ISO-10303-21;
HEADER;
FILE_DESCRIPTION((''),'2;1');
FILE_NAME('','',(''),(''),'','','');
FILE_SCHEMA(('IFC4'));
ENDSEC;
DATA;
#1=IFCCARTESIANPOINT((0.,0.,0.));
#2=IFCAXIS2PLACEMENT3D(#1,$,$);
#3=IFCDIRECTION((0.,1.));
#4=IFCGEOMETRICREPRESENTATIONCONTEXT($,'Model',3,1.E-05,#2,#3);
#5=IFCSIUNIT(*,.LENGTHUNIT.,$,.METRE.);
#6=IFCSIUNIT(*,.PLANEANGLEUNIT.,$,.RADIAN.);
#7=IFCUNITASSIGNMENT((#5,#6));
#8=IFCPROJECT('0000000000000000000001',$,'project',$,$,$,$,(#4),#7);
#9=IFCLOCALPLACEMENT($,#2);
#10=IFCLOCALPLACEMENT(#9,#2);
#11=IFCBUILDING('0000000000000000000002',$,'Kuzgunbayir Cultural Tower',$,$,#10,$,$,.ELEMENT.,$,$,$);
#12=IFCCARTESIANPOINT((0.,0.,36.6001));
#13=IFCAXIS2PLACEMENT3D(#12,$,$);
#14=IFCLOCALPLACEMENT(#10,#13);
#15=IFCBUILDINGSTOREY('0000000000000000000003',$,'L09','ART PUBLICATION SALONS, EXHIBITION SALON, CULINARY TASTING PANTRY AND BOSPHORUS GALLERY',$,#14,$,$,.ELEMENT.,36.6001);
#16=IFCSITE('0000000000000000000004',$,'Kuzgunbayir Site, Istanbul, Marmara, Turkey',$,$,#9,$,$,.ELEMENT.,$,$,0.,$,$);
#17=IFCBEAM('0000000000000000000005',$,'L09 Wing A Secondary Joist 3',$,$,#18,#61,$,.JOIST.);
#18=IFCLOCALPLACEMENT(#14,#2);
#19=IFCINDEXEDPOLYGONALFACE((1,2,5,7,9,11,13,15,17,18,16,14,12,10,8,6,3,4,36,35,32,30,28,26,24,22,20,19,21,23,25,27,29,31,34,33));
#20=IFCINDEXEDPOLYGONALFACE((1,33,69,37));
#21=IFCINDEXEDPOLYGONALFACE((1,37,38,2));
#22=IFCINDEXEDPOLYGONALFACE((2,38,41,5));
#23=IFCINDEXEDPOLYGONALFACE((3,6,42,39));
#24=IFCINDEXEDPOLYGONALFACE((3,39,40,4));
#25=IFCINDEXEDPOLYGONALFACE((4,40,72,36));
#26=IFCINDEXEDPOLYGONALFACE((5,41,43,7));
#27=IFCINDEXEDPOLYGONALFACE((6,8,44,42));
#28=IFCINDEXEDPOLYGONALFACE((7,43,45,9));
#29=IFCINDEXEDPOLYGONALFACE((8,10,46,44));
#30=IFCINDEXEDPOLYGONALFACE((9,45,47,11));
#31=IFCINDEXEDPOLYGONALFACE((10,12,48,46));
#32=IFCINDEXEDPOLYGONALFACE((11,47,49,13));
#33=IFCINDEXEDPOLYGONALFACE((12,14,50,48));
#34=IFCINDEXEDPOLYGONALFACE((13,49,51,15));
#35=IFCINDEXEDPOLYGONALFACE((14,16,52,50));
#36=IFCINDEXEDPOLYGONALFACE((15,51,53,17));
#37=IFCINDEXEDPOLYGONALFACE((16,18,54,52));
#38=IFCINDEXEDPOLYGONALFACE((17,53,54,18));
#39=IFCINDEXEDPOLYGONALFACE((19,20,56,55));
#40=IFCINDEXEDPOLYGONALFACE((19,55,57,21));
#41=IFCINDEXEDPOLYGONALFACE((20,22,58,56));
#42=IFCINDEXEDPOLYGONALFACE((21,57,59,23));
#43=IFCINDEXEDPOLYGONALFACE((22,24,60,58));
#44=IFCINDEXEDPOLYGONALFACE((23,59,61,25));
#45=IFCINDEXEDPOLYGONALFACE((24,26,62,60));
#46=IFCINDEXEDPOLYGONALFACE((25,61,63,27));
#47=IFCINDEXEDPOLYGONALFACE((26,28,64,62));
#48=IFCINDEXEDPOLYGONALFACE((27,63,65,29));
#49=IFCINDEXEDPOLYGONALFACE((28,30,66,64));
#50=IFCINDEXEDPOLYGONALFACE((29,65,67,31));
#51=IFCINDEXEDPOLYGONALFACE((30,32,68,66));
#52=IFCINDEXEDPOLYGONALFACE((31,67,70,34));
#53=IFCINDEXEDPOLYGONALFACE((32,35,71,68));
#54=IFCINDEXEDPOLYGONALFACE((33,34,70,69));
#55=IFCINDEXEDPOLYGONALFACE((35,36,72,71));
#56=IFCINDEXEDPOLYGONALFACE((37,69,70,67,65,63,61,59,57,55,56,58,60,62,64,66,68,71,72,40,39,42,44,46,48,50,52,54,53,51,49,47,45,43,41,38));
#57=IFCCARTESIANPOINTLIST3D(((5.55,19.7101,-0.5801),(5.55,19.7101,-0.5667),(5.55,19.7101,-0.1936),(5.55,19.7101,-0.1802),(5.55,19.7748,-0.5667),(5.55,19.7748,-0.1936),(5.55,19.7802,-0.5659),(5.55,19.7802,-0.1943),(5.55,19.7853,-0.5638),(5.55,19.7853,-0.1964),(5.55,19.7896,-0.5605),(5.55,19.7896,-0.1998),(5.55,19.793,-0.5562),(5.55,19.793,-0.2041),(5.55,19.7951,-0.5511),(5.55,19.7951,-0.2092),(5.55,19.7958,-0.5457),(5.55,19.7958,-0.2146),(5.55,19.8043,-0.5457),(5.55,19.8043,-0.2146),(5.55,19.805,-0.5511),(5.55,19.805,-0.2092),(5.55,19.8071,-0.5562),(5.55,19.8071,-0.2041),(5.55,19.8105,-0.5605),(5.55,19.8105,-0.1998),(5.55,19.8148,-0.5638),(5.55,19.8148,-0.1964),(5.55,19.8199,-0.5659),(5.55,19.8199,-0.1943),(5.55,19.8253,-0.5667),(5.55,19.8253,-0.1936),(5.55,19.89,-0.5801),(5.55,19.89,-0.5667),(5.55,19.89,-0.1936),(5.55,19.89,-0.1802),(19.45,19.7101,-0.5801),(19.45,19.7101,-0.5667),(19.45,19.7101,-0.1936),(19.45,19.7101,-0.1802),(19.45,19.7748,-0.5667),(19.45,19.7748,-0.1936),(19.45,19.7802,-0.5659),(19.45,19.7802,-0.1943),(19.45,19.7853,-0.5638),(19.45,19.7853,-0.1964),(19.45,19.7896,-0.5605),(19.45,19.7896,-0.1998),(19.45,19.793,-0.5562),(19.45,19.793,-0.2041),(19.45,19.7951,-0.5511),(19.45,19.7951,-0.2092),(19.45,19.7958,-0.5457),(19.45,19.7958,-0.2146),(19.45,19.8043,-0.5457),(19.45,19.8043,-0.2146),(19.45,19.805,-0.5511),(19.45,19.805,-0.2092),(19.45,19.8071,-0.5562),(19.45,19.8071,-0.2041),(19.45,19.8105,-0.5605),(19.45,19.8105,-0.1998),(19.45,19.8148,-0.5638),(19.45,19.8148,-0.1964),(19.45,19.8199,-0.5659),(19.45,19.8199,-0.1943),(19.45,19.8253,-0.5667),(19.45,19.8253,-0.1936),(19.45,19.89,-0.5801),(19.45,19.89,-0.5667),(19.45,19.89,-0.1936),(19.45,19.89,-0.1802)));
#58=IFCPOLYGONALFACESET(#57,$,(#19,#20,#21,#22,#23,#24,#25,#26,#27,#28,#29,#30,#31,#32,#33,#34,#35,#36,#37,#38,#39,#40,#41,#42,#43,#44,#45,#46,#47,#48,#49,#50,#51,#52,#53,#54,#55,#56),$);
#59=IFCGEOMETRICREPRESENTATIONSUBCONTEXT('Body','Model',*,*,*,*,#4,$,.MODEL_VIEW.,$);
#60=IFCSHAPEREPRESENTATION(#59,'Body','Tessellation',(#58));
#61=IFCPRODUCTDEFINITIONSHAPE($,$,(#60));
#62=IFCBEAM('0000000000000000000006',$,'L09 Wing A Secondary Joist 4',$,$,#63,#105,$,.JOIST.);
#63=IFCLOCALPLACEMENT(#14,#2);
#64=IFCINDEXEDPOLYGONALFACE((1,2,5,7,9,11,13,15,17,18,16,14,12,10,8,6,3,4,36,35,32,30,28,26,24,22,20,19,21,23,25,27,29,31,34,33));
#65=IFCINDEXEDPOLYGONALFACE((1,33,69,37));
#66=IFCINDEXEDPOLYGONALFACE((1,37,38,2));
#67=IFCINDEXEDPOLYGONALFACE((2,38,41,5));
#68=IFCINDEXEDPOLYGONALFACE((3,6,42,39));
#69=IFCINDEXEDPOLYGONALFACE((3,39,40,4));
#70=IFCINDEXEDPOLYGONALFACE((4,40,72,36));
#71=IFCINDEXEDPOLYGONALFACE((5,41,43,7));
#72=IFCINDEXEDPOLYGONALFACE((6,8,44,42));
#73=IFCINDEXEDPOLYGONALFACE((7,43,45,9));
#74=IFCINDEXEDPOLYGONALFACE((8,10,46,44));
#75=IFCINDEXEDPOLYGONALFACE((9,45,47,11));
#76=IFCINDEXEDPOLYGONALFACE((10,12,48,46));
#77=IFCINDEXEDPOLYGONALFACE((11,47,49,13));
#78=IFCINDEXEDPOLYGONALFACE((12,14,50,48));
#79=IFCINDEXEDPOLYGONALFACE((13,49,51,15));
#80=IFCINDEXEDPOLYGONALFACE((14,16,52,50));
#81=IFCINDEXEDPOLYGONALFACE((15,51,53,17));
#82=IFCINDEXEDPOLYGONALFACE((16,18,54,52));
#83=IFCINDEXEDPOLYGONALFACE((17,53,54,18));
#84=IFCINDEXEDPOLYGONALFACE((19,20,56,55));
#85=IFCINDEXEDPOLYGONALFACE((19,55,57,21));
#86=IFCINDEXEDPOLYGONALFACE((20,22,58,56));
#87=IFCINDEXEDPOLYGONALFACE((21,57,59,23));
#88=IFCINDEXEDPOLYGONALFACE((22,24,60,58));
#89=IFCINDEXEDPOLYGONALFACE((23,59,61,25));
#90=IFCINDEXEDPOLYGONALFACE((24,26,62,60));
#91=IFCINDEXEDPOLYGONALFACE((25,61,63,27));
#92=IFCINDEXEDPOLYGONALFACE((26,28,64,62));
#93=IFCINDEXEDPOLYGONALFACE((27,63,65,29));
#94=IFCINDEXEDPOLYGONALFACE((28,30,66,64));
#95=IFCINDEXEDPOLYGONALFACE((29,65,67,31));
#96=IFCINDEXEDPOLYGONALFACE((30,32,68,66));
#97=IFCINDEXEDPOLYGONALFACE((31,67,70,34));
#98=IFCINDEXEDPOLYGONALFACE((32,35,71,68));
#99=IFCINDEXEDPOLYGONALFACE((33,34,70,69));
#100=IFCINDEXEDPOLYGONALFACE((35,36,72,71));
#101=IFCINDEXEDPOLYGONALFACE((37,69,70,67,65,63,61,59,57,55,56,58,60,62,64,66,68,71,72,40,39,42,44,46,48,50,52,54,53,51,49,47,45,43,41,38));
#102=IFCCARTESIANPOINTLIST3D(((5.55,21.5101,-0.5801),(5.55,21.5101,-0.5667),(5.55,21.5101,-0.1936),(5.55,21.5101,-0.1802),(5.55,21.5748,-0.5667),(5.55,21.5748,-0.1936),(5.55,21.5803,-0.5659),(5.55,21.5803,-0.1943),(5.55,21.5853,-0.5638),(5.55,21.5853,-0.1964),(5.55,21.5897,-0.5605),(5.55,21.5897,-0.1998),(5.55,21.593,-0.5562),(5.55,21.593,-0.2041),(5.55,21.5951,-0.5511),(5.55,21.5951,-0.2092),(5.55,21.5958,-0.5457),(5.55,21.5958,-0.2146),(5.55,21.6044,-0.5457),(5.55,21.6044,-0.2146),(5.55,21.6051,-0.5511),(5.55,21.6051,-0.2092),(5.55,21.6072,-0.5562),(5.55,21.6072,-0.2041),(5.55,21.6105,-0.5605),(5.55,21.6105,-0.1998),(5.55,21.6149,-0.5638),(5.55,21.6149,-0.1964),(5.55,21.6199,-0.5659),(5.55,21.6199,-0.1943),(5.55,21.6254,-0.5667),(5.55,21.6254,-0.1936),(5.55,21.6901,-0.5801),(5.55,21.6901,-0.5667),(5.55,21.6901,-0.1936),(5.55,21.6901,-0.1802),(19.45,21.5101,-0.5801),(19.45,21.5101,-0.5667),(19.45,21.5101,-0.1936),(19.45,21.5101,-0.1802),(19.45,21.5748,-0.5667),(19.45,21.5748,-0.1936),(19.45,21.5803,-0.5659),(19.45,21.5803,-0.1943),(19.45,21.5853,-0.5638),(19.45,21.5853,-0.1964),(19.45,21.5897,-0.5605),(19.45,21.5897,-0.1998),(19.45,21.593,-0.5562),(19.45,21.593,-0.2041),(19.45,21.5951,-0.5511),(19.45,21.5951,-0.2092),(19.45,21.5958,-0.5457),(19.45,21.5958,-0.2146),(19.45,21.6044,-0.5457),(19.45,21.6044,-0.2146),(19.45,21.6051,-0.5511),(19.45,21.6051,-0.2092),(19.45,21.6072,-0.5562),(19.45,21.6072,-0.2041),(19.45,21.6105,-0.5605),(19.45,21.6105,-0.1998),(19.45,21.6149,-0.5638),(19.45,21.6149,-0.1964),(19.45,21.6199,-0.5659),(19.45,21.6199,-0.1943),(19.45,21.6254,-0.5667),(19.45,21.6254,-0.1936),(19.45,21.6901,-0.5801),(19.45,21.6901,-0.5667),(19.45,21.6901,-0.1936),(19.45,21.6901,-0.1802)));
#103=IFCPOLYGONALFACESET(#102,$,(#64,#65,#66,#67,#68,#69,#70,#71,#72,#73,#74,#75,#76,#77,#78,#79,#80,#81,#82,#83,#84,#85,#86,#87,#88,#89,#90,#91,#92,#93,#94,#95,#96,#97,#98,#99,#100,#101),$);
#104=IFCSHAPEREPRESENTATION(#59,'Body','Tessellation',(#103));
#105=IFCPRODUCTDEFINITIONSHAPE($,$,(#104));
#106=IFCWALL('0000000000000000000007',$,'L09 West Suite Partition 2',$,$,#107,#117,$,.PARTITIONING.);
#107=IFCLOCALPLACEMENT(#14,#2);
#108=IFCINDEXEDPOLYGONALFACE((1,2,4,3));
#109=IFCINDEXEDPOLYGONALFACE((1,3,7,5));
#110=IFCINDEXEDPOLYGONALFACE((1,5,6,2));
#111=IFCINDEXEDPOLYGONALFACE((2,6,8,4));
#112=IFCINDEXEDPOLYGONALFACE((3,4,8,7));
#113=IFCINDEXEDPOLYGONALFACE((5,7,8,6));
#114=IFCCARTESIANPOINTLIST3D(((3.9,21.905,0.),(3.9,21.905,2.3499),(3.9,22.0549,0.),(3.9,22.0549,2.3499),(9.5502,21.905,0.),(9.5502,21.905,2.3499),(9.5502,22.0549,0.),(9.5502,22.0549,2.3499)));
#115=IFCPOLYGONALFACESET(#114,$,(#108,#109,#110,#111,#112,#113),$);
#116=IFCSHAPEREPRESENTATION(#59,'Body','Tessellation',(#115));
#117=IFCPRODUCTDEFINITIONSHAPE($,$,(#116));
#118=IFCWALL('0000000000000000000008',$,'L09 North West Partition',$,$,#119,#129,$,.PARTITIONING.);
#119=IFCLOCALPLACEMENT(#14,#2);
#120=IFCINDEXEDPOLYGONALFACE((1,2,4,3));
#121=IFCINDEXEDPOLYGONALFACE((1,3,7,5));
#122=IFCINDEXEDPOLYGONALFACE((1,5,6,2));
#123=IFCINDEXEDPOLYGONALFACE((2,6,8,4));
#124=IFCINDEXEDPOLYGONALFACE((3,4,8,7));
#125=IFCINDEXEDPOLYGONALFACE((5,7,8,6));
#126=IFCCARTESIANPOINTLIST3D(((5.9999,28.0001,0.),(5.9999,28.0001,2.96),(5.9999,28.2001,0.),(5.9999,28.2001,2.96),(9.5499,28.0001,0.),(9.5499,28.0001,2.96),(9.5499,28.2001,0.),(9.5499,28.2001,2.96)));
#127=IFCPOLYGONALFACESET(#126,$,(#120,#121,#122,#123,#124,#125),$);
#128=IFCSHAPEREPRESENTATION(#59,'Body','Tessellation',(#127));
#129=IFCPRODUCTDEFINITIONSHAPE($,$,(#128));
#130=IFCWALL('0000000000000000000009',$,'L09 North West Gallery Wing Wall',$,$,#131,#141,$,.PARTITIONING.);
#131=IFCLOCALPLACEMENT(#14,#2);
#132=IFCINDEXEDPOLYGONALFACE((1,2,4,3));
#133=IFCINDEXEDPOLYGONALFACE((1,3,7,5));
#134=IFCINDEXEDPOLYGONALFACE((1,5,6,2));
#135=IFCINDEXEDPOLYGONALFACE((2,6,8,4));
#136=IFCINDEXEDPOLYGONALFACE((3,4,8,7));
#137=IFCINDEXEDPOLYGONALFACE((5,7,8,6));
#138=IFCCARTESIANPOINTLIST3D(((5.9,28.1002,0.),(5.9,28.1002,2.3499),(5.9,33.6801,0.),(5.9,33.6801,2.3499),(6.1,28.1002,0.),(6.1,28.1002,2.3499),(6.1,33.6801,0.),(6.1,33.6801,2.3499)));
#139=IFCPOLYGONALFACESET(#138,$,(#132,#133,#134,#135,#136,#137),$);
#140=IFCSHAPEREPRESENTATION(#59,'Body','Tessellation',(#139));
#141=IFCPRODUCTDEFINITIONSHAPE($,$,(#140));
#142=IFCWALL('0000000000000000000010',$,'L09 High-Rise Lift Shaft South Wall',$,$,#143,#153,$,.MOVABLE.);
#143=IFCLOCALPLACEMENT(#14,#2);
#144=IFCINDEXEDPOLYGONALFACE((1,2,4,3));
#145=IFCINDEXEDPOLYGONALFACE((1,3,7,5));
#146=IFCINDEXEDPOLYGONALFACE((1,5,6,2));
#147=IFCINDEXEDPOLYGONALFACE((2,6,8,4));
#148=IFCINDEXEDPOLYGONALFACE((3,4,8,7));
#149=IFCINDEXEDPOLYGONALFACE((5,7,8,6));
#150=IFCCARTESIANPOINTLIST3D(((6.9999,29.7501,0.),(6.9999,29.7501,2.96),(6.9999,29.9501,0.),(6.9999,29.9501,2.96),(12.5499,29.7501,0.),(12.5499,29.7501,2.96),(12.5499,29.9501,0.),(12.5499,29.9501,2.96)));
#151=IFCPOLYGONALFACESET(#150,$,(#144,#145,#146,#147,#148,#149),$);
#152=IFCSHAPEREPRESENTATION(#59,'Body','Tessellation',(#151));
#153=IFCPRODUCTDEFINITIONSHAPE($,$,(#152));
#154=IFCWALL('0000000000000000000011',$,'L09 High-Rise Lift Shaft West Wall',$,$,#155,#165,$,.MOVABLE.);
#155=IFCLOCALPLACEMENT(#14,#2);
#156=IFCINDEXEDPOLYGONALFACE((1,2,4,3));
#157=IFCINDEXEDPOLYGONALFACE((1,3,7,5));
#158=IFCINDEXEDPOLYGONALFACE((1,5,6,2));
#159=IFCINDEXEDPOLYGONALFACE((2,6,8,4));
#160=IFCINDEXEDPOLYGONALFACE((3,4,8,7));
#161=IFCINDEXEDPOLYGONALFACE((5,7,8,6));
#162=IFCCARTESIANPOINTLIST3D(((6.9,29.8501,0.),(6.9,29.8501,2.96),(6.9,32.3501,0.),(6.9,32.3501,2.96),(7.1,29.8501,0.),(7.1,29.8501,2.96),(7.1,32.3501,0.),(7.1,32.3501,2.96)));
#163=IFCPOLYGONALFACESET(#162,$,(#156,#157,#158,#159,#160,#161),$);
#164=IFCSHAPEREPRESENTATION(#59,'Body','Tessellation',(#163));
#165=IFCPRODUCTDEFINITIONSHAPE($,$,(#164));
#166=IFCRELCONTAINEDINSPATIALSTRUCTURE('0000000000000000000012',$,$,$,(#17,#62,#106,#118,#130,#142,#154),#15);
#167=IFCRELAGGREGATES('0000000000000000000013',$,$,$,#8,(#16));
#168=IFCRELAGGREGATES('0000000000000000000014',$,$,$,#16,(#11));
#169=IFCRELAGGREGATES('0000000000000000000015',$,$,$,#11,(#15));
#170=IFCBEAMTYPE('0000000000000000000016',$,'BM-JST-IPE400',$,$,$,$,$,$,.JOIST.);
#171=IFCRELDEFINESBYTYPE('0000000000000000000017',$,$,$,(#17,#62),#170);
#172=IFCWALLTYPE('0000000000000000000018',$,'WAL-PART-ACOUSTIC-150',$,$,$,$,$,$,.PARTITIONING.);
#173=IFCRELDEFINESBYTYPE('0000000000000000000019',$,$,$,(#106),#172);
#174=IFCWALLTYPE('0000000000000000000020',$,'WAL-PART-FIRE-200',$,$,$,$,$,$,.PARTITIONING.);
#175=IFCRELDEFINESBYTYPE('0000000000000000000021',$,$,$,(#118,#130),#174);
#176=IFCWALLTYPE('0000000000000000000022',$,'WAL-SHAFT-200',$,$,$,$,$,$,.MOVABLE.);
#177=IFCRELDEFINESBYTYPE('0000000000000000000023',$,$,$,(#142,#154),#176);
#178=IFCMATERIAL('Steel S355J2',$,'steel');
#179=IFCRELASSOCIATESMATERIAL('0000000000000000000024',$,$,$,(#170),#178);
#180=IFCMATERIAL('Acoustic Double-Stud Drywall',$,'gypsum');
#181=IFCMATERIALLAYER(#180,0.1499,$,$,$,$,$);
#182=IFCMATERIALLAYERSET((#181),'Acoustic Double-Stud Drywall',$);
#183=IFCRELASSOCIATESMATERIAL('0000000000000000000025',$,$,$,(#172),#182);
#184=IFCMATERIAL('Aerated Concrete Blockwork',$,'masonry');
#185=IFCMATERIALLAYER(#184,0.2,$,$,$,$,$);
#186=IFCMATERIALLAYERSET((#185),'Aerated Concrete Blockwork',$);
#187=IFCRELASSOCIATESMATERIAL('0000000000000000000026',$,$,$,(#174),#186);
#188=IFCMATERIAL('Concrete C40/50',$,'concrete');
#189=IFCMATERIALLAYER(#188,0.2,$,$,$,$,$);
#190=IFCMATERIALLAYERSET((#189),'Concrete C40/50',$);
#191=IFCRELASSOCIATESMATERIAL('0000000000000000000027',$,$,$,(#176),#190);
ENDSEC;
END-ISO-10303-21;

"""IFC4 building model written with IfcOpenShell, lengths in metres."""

from ifc_helpers import new_model, si_unit, direction, frame, frame_2d, origin, origin_2d, place, context, subcontext, project, spatial, rectangle, i_section, extrude, material, layer, layer_set, material_profile, profile_set, type_object, element, save


model = new_model("IFC4")

# Units and contexts
model_context = context("Model", 3, precision=1e-05, world=origin(), true_north=direction((0.0, 1.0)))
body_context = subcontext(model_context, "Body", "Model", "MODEL_VIEW")
ifc_project = project(units=[si_unit("LENGTHUNIT", "METRE"), si_unit("PLANEANGLEUNIT", "RADIAN")], contexts=[model_context])

# Site, building, storey
site_placement = place(None, origin())
site = spatial("IfcSite", under=ifc_project, at=site_placement, Name="Kuzgunbayir Site, Istanbul, Marmara, Turkey", CompositionType="ELEMENT", RefElevation=0.0)
building_placement = place(site_placement, origin())
building = spatial("IfcBuilding", under=site, at=building_placement, Name="Kuzgunbayir Cultural Tower", CompositionType="ELEMENT")
storey_placement = place(building_placement, frame((0.0, 0.0, 36.6001)))
storey = spatial("IfcBuildingStorey", under=building, at=storey_placement, Name="L09", Description="ART PUBLICATION SALONS, EXHIBITION SALON, CULINARY TASTING PANTRY AND BOSPHORUS GALLERY", CompositionType="ELEMENT", Elevation=36.6001)

# Beams
ifc_material_1 = material(Name="Steel S355J2", Category="steel")
ifc_material_profile_1 = material_profile(ifc_material_1, i_section(OverallWidth=0.1799, OverallDepth=0.3999, WebThickness=0.0085, FlangeThickness=0.0134, FilletRadius=0.021, at=origin_2d()), Name="IPE 400")
ifc_profile_set_1 = profile_set([ifc_material_profile_1], Name="Steel S355J2")
beam_type_1 = type_object("IfcBeamType", Name="BM-JST-IPE400", PredefinedType="JOIST", material=ifc_profile_set_1)
for number, where, z_axis, x_axis, name in (
    (1, (5.55, 19.8, -0.3801), (1.0, 0.0, 0.0), (0.0, 1.0, 0.0), "L09 Wing A Secondary Joist 3"),
    (2, (5.55, 21.6001, -0.3801), (1.0, 0.0, 0.0), (0.0, 1.0, 0.0), "L09 Wing A Secondary Joist 4"),
):
    element("IfcBeam", number, at=place(storey_placement, frame(where, z_axis=z_axis, x_axis=x_axis)), inside=storey, type_object=beam_type_1, Name=name, PredefinedType="JOIST", context=body_context, shape_type="SweptSolid", body=[
        extrude(i_section(OverallWidth=0.1799, OverallDepth=0.3999, WebThickness=0.0085, FlangeThickness=0.0134, FilletRadius=0.021, at=origin_2d()), origin(), (0.0, 0.0, 1.0), 13.8999),
    ])

# Walls
ifc_material_2 = material(Name="Acoustic Double-Stud Drywall", Category="gypsum")
ifc_layer_1 = layer(ifc_material_2, 0.1499)
ifc_layer_set_1 = layer_set([ifc_layer_1], Name="Acoustic Double-Stud Drywall")
wall_type_1 = type_object("IfcWallType", Name="WAL-PART-ACOUSTIC-150", PredefinedType="PARTITIONING", material=ifc_layer_set_1)
wall_1_placement = place(storey_placement, frame((3.8999, 21.98, 0.0), z_axis=(0.0, 0.0, 1.0), x_axis=(1.0, 0.0, 0.0)))
element("IfcWall", 3, at=wall_1_placement, inside=storey, type_object=wall_type_1, Name="L09 West Suite Partition 2", PredefinedType="PARTITIONING", context=body_context, shape_type="SweptSolid", body=[
    extrude(rectangle(XDim=5.6501, YDim=0.1499, at=frame_2d((2.8252, 0.0))), origin(), (0.0, 0.0, 1.0), 2.3499),
])
ifc_material_3 = material(Name="Aerated Concrete Blockwork", Category="masonry")
ifc_layer_2 = layer(ifc_material_3, 0.2)
ifc_layer_set_2 = layer_set([ifc_layer_2], Name="Aerated Concrete Blockwork")
wall_type_2 = type_object("IfcWallType", Name="WAL-PART-FIRE-200", PredefinedType="PARTITIONING", material=ifc_layer_set_2)
wall_2_placement = place(storey_placement, frame((6.0, 28.1001, 0.0), z_axis=(0.0, 0.0, 1.0), x_axis=(1.0, 0.0, 0.0)))
element("IfcWall", 4, at=wall_2_placement, inside=storey, type_object=wall_type_2, Name="L09 North West Partition", PredefinedType="PARTITIONING", context=body_context, shape_type="SweptSolid", body=[
    extrude(rectangle(XDim=3.55, YDim=0.2, at=frame_2d((1.7749, 0.0))), origin(), (0.0, 0.0, 1.0), 2.96),
])
wall_3_placement = place(storey_placement, frame((6.0, 28.1001, 0.0), z_axis=(0.0, 0.0, 1.0), x_axis=(0.0, 1.0, 0.0)))
element("IfcWall", 5, at=wall_3_placement, inside=storey, type_object=wall_type_2, Name="L09 North West Gallery Wing Wall", PredefinedType="PARTITIONING", context=body_context, shape_type="SweptSolid", body=[
    extrude(rectangle(XDim=5.5798, YDim=0.2, at=frame_2d((2.79, 0.0))), origin(), (0.0, 0.0, 1.0), 2.3499),
])
ifc_material_4 = material(Name="Concrete C40/50", Category="concrete")
ifc_layer_3 = layer(ifc_material_4, 0.2)
ifc_layer_set_3 = layer_set([ifc_layer_3], Name="Concrete C40/50")
wall_type_3 = type_object("IfcWallType", Name="WAL-SHAFT-200", PredefinedType="MOVABLE", material=ifc_layer_set_3)
wall_4_placement = place(storey_placement, frame((7.0, 29.8501, 0.0), z_axis=(0.0, 0.0, 1.0), x_axis=(1.0, 0.0, 0.0)))
element("IfcWall", 6, at=wall_4_placement, inside=storey, type_object=wall_type_3, Name="L09 High-Rise Lift Shaft South Wall", PredefinedType="MOVABLE", context=body_context, shape_type="SweptSolid", body=[
    extrude(rectangle(XDim=5.55, YDim=0.2, at=frame_2d((2.7749, 0.0))), origin(), (0.0, 0.0, 1.0), 2.96),
])
wall_5_placement = place(storey_placement, frame((7.0, 29.8501, 0.0), z_axis=(0.0, 0.0, 1.0), x_axis=(0.0, 1.0, 0.0)))
element("IfcWall", 7, at=wall_5_placement, inside=storey, type_object=wall_type_3, Name="L09 High-Rise Lift Shaft West Wall", PredefinedType="MOVABLE", context=body_context, shape_type="SweptSolid", body=[
    extrude(rectangle(XDim=2.5, YDim=0.2, at=frame_2d((1.25, 0.0))), origin(), (0.0, 0.0, 1.0), 2.96),
])

save(model, "model.ifc")
